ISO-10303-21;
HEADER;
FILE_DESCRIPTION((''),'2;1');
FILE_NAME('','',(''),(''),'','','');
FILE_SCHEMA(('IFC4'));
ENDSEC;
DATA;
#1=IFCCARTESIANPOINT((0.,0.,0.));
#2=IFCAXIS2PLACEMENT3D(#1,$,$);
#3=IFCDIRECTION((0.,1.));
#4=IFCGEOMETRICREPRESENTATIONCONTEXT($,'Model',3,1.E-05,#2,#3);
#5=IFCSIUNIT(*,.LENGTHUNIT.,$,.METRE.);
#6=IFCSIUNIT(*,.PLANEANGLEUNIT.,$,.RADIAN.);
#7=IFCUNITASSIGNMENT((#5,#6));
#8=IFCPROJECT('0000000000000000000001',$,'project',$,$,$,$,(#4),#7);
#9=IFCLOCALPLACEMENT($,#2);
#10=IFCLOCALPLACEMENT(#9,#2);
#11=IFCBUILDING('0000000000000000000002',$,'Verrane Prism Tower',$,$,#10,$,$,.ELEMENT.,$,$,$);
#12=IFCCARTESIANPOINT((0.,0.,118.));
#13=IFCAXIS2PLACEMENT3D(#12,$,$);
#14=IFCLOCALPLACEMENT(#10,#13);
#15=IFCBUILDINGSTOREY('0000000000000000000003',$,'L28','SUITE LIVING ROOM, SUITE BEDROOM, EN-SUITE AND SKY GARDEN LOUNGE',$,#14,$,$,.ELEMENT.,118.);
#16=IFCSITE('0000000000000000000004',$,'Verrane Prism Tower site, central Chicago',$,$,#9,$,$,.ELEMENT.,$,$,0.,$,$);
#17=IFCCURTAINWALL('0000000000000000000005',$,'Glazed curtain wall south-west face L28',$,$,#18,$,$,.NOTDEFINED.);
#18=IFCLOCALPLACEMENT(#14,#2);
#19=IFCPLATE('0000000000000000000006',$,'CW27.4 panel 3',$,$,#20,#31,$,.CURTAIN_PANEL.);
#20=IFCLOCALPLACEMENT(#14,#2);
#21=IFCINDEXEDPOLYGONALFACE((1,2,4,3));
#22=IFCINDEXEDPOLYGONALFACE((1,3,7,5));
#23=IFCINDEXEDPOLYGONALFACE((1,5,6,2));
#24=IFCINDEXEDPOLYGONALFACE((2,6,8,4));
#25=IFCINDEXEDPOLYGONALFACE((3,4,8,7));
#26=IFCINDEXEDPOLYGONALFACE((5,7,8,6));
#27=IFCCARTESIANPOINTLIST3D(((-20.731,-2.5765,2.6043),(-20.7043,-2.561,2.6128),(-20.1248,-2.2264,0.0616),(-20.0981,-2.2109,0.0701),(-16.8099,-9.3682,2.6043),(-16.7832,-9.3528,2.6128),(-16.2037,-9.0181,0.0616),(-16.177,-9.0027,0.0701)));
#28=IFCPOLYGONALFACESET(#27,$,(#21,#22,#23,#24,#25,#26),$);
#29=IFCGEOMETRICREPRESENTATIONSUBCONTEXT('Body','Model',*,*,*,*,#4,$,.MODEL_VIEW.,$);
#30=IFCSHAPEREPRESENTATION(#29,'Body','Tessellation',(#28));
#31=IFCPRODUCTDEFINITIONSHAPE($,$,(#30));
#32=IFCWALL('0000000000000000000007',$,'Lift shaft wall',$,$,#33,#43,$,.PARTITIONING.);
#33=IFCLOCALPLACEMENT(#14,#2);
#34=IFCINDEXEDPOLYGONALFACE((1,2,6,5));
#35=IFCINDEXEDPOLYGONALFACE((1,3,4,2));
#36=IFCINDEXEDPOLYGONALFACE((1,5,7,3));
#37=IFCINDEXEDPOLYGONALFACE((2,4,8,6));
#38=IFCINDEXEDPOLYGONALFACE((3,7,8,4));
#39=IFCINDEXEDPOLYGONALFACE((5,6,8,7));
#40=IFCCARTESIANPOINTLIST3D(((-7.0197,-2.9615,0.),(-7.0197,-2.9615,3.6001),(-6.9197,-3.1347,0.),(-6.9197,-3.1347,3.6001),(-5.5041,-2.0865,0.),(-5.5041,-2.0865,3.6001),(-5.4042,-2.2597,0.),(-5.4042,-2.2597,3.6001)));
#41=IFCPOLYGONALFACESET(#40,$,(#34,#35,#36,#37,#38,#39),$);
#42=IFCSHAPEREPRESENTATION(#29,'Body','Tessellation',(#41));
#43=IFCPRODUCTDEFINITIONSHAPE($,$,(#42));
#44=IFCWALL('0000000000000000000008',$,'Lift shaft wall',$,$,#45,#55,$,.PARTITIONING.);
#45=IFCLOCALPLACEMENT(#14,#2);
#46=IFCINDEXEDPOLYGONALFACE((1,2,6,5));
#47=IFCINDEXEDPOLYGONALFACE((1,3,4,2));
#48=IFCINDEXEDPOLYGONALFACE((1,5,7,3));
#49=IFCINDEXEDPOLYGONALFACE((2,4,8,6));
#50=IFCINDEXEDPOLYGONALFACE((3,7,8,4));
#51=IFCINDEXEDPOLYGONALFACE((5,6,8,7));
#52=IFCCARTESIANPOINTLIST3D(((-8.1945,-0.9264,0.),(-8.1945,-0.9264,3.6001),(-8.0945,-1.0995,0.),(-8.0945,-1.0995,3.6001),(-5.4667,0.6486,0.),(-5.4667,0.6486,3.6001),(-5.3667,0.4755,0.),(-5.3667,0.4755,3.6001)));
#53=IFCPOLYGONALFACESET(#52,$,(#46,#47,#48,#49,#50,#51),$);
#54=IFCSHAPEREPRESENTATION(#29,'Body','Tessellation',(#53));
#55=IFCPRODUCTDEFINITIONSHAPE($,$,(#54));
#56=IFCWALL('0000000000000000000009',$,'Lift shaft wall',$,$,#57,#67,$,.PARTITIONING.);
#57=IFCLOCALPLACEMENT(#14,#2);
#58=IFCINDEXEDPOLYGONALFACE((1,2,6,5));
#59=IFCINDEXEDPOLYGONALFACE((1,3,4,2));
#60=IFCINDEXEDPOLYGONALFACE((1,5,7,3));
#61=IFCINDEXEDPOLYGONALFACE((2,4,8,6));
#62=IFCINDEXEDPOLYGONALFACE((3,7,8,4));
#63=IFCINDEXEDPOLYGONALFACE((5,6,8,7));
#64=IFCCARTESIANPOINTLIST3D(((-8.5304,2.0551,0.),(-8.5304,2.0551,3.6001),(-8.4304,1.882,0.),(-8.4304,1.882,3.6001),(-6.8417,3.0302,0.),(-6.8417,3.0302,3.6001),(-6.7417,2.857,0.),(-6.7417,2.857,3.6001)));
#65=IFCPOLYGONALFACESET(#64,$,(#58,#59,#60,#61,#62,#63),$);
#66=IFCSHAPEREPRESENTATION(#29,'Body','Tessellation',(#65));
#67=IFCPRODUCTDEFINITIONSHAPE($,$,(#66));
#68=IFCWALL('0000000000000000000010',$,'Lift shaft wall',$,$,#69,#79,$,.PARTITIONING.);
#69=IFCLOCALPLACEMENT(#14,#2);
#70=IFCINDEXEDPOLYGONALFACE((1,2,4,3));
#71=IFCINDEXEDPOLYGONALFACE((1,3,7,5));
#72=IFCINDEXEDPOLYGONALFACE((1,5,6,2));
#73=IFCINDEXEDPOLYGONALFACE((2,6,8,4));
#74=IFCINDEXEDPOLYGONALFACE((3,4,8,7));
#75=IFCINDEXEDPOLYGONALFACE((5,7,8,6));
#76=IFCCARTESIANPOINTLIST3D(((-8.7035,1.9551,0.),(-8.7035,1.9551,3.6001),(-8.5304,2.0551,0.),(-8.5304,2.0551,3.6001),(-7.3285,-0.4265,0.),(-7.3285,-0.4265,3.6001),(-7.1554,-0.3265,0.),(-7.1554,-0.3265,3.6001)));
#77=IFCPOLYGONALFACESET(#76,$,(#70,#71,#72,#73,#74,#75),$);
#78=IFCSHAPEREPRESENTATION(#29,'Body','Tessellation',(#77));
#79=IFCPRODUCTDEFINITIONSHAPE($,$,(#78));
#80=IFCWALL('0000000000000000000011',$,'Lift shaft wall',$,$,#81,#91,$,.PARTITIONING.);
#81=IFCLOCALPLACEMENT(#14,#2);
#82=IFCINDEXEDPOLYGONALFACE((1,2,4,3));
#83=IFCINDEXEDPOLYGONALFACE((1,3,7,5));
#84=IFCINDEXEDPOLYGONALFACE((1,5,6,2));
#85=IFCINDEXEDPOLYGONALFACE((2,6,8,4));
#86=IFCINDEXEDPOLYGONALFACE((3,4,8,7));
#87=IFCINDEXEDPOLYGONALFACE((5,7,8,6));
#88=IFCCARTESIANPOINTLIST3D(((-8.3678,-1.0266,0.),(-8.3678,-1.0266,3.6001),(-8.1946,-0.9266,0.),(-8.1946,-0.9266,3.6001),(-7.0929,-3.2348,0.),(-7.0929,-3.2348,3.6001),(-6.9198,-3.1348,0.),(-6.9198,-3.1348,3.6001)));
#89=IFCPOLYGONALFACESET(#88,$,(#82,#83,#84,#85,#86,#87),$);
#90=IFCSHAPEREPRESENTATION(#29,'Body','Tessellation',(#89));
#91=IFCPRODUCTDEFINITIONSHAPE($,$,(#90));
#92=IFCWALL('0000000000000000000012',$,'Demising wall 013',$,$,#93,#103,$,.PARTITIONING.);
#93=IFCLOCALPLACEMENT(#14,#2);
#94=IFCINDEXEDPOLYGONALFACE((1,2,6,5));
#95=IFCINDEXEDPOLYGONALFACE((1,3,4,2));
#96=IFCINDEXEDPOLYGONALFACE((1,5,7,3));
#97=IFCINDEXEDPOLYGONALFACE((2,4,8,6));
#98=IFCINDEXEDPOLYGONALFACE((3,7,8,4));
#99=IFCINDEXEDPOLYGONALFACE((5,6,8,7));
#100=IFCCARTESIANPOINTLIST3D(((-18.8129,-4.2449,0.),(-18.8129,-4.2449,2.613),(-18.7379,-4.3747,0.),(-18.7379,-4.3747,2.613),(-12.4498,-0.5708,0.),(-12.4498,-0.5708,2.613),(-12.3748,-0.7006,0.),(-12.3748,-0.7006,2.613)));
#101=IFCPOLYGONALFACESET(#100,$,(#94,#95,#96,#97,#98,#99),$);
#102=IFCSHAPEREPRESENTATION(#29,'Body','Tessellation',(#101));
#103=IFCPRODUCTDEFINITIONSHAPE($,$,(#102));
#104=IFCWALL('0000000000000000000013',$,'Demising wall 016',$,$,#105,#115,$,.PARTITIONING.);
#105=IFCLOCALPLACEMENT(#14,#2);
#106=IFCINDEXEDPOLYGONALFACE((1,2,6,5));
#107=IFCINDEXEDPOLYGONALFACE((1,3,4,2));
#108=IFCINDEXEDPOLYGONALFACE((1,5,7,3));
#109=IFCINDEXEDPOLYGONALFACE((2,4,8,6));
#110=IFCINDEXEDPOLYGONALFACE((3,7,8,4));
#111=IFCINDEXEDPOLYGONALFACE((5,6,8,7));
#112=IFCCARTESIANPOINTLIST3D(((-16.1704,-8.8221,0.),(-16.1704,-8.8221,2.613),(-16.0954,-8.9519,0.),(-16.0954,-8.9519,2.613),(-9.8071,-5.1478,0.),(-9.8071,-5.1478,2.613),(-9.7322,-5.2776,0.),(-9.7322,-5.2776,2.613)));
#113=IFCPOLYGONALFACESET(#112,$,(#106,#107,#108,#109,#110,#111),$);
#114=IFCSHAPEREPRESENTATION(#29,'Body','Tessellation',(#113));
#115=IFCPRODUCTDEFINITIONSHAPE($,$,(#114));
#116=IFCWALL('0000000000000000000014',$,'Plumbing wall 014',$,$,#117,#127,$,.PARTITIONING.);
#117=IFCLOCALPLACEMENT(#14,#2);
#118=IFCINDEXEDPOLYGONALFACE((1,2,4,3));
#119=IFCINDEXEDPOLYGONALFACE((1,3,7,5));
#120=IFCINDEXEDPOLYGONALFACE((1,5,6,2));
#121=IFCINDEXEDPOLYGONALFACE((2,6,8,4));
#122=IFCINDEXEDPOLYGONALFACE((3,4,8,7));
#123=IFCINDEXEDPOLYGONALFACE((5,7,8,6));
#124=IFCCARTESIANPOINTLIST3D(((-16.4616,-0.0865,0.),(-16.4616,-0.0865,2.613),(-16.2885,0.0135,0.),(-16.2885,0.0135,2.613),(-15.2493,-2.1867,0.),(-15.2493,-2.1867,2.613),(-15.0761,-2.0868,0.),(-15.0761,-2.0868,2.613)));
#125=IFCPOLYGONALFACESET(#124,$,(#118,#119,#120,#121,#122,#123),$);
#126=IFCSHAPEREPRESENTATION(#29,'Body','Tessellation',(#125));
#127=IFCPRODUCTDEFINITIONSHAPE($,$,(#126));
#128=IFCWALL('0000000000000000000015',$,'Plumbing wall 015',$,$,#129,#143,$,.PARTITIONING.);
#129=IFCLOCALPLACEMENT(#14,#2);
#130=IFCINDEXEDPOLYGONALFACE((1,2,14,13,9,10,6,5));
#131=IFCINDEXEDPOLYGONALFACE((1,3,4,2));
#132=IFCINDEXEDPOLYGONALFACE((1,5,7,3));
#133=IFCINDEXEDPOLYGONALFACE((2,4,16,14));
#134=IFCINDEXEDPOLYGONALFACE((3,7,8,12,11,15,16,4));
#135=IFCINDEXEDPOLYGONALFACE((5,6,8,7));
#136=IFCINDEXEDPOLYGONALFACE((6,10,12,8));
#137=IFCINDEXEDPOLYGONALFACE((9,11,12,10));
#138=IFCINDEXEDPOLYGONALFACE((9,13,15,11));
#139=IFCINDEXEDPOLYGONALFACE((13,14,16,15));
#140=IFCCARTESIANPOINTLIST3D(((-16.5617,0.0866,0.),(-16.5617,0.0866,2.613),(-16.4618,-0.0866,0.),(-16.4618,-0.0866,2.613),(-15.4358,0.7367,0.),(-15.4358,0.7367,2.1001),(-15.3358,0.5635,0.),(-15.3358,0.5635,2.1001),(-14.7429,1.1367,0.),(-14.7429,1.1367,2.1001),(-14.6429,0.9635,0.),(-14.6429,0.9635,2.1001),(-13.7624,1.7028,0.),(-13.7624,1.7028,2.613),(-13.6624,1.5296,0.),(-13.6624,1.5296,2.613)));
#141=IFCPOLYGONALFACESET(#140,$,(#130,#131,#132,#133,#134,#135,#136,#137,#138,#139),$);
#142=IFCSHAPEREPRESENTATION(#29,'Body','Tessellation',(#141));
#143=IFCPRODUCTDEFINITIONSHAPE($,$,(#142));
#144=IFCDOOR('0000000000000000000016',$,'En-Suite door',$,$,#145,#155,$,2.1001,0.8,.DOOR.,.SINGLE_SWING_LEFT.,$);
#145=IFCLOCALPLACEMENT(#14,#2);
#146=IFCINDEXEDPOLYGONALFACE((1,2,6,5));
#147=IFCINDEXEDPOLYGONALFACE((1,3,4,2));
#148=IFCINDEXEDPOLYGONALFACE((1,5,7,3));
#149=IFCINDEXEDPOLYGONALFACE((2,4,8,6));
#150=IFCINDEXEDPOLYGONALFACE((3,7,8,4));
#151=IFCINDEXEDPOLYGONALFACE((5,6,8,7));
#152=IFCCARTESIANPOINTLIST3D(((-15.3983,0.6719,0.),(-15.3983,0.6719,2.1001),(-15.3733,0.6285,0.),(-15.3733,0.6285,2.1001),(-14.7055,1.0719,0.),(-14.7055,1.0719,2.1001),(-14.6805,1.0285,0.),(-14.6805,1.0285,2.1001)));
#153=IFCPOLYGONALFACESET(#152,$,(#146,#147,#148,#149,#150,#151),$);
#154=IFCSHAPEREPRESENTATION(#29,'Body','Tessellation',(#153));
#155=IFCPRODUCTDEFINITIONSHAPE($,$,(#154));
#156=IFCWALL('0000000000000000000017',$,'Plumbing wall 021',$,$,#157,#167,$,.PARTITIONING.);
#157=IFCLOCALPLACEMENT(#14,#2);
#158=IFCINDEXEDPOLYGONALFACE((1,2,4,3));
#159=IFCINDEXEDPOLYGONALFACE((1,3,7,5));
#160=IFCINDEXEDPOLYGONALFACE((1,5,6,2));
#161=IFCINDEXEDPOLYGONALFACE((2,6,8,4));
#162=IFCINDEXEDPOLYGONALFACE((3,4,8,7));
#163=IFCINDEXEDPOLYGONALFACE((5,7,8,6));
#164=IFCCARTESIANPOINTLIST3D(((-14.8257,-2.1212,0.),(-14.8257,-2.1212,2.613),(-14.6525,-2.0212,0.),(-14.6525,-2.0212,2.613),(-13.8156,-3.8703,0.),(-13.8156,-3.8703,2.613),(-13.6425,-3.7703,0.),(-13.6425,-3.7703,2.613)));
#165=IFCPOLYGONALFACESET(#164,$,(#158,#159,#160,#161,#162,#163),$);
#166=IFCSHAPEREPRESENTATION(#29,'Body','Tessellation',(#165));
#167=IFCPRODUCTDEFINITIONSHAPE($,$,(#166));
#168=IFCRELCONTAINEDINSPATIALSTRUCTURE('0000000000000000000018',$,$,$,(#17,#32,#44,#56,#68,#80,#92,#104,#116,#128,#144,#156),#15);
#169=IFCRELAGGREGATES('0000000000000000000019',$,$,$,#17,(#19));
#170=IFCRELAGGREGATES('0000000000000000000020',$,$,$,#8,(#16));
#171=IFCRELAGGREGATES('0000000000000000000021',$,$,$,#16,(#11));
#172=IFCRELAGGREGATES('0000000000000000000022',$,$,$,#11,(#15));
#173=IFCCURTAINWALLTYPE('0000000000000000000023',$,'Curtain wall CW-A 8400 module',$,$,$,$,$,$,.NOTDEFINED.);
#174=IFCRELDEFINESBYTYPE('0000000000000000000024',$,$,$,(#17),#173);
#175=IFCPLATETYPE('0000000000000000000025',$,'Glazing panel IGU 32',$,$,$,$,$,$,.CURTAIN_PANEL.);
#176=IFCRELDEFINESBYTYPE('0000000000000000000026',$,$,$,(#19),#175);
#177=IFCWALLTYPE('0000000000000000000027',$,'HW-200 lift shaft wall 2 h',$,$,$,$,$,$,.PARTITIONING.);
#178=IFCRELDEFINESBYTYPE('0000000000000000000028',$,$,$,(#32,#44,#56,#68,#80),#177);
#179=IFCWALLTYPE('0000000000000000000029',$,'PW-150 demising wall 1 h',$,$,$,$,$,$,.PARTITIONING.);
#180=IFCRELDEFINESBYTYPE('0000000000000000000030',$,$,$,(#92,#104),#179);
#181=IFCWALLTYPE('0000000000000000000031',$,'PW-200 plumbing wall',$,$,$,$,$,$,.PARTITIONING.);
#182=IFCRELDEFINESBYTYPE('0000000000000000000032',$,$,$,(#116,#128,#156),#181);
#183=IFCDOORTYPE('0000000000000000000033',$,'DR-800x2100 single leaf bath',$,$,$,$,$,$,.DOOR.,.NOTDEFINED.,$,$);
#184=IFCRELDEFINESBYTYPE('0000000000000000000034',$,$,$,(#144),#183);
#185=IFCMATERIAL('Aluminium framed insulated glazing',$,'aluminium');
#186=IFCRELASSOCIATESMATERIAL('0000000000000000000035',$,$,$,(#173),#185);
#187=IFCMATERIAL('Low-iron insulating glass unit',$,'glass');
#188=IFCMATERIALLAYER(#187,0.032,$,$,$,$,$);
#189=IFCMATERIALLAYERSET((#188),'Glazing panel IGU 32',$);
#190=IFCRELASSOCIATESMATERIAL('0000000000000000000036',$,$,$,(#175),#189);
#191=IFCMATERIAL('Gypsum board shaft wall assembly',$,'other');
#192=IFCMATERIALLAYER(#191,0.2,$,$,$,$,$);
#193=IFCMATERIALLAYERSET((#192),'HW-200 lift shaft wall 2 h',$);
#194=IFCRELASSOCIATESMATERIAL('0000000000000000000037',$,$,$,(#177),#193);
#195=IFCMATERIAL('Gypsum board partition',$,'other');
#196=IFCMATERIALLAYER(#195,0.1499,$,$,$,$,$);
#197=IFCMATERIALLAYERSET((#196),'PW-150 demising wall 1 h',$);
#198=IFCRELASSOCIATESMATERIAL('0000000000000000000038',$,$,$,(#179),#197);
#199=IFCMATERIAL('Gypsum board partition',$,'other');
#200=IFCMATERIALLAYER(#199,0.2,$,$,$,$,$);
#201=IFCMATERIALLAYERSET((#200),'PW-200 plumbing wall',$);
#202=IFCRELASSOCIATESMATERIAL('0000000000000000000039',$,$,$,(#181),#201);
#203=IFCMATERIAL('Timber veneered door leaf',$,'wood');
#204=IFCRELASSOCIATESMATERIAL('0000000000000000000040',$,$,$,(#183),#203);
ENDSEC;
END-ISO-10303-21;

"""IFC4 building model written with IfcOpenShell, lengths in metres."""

from ifc_helpers import new_model, si_unit, direction, frame, frame_2d, origin, place, context, subcontext, project, spatial, polyline, rectangle, outline, extrude, material, layer, layer_set, type_object, element, fill, aggregate, save


model = new_model("IFC4")

# Units and contexts
model_context = context("Model", 3, precision=1e-05, world=origin(), true_north=direction((0.0, 1.0)))
body_context = subcontext(model_context, "Body", "Model", "MODEL_VIEW")
ifc_project = project(units=[si_unit("LENGTHUNIT", "METRE"), si_unit("PLANEANGLEUNIT", "RADIAN")], contexts=[model_context])

# Site, building, storey
site_placement = place(None, origin())
site = spatial("IfcSite", under=ifc_project, at=site_placement, Name="Verrane Prism Tower site, central Chicago", CompositionType="ELEMENT", RefElevation=0.0)
building_placement = place(site_placement, origin())
building = spatial("IfcBuilding", under=site, at=building_placement, Name="Verrane Prism Tower", CompositionType="ELEMENT")
storey_placement = place(building_placement, frame((0.0, 0.0, 118.0)))
storey = spatial("IfcBuildingStorey", under=building, at=storey_placement, Name="L28", Description="SUITE LIVING ROOM, SUITE BEDROOM, EN-SUITE AND SKY GARDEN LOUNGE", CompositionType="ELEMENT", Elevation=118.0)

# Curtain wall
ifc_material_1 = material(Name="Aluminium framed insulated glazing", Category="aluminium")
curtain_wall_type = type_object("IfcCurtainWallType", Name="Curtain wall CW-A 8400 module", PredefinedType="NOTDEFINED", material=ifc_material_1)
curtain_wall_placement = place(storey_placement, origin())
curtain_wall = element("IfcCurtainWall", 1, at=curtain_wall_placement, inside=storey, type_object=curtain_wall_type, Name="Glazed curtain wall south-west face L28", PredefinedType="NOTDEFINED")

# Plate
ifc_material_2 = material(Name="Low-iron insulating glass unit", Category="glass")
ifc_layer_1 = layer(ifc_material_2, 0.032)
ifc_layer_set_1 = layer_set([ifc_layer_1], Name="Glazing panel IGU 32")
plate_type = type_object("IfcPlateType", Name="Glazing panel IGU 32", PredefinedType="CURTAIN_PANEL", material=ifc_layer_set_1)
plate_placement = place(storey_placement, frame((-20.0981, -2.2109, 0.0701), z_axis=(0.834964, 0.482058, 0.265433), x_axis=(0.499993, -0.86603, 0.0)))
plate = element("IfcPlate", 2, at=plate_placement, type_object=plate_type, Name="CW27.4 panel 3", PredefinedType="CURTAIN_PANEL", context=body_context, shape_type="SweptSolid", body=[
    extrude(outline(polyline([(0.0, 0.0), (7.8424, 0.0), (7.8425, -2.6373), (0.0001, -2.6373), (0.0, 0.0)])), origin(), (0.0, 0.0, -1.0), 0.032),
])
aggregate(curtain_wall, [plate])

# Walls
ifc_material_3 = material(Name="Gypsum board shaft wall assembly", Category="other")
ifc_layer_2 = layer(ifc_material_3, 0.2)
ifc_layer_set_2 = layer_set([ifc_layer_2], Name="HW-200 lift shaft wall 2 h")
wall_type_1 = type_object("IfcWallType", Name="HW-200 lift shaft wall 2 h", PredefinedType="PARTITIONING", material=ifc_layer_set_2)
wall_1_placement = place(storey_placement, frame((-6.9697, -3.0481, 0.0), z_axis=(0.0, 0.0, 1.0), x_axis=(0.866037, 0.49998, 0.0)))
element("IfcWall", 3, at=wall_1_placement, inside=storey, type_object=wall_type_1, Name="Lift shaft wall", PredefinedType="PARTITIONING", context=body_context, shape_type="SweptSolid", body=[
    extrude(rectangle(XDim=1.75, YDim=0.2, at=frame_2d((0.875, 0.0))), origin(), (0.0, 0.0, 1.0), 3.6001),
])
wall_2_placement = place(storey_placement, frame((-8.1445, -1.0129, 0.0), z_axis=(0.0, 0.0, 1.0), x_axis=(0.866016, 0.500015, 0.0)))
element("IfcWall", 4, at=wall_2_placement, inside=storey, type_object=wall_type_1, Name="Lift shaft wall", PredefinedType="PARTITIONING", context=body_context, shape_type="SweptSolid", body=[
    extrude(rectangle(XDim=3.1499, YDim=0.2, at=frame_2d((1.575, 0.0))), origin(), (0.0, 0.0, 1.0), 3.6001),
])
wall_3_placement = place(storey_placement, frame((-8.4805, 1.9685, 0.0), z_axis=(0.0, 0.0, 1.0), x_axis=(0.866, 0.500044, 0.0)))
element("IfcWall", 5, at=wall_3_placement, inside=storey, type_object=wall_type_1, Name="Lift shaft wall", PredefinedType="PARTITIONING", context=body_context, shape_type="SweptSolid", body=[
    extrude(rectangle(XDim=1.95, YDim=0.2, at=frame_2d((0.9751, 0.0))), origin(), (0.0, 0.0, 1.0), 3.6001),
])
wall_4_placement = place(storey_placement, frame((-7.2419, -0.3765, 0.0), z_axis=(0.0, 0.0, 1.0), x_axis=(-0.499997, 0.866027, 0.0)))
element("IfcWall", 6, at=wall_4_placement, inside=storey, type_object=wall_type_1, Name="Lift shaft wall", PredefinedType="PARTITIONING", context=body_context, shape_type="SweptSolid", body=[
    extrude(rectangle(XDim=2.75, YDim=0.2, at=frame_2d((1.375, 0.0))), origin(), (0.0, 0.0, 1.0), 3.6001),
])
wall_5_placement = place(storey_placement, frame((-7.0063, -3.1848, 0.0), z_axis=(0.0, 0.0, 1.0), x_axis=(-0.49999, 0.866031, 0.0)))
element("IfcWall", 7, at=wall_5_placement, inside=storey, type_object=wall_type_1, Name="Lift shaft wall", PredefinedType="PARTITIONING", context=body_context, shape_type="SweptSolid", body=[
    extrude(rectangle(XDim=2.5498, YDim=0.2, at=frame_2d((1.2749, 0.0))), origin(), (0.0, 0.0, 1.0), 3.6001),
])
ifc_material_4 = material(Name="Gypsum board partition", Category="other")
ifc_layer_3 = layer(ifc_material_4, 0.1499)
ifc_layer_set_3 = layer_set([ifc_layer_3], Name="PW-150 demising wall 1 h")
wall_type_2 = type_object("IfcWallType", Name="PW-150 demising wall 1 h", PredefinedType="PARTITIONING", material=ifc_layer_set_3)
wall_6_placement = place(storey_placement, frame((-18.7754, -4.3098, 0.0), z_axis=(0.0, 0.0, 1.0), x_axis=(0.866004, 0.500038, 0.0)))
element("IfcWall", 8, at=wall_6_placement, inside=storey, type_object=wall_type_2, Name="Demising wall 013", PredefinedType="PARTITIONING", context=body_context, shape_type="SweptSolid", body=[
    extrude(rectangle(XDim=7.3477, YDim=0.1499, at=frame_2d((3.6738, 0.0))), origin(), (0.0, 0.0, 1.0), 2.613),
])
wall_7_placement = place(storey_placement, frame((-16.1328, -8.887, 0.0), z_axis=(0.0, 0.0, 1.0), x_axis=(0.865997, 0.500048, 0.0)))
element("IfcWall", 9, at=wall_7_placement, inside=storey, type_object=wall_type_2, Name="Demising wall 016", PredefinedType="PARTITIONING", context=body_context, shape_type="SweptSolid", body=[
    extrude(rectangle(XDim=7.3479, YDim=0.1499, at=frame_2d((3.6738, 0.0))), origin(), (0.0, 0.0, 1.0), 2.613),
])
ifc_material_5 = material(Name="Gypsum board partition", Category="other")
ifc_layer_4 = layer(ifc_material_5, 0.2)
ifc_layer_set_4 = layer_set([ifc_layer_4], Name="PW-200 plumbing wall")
wall_type_3 = type_object("IfcWallType", Name="PW-200 plumbing wall", PredefinedType="PARTITIONING", material=ifc_layer_set_4)
wall_8_placement = place(storey_placement, frame((-16.375, -0.0366, 0.0), z_axis=(0.0, 0.0, 1.0), x_axis=(0.499929, -0.866067, 0.0)))
element("IfcWall", 10, at=wall_8_placement, inside=storey, type_object=wall_type_3, Name="Plumbing wall 014", PredefinedType="PARTITIONING", context=body_context, shape_type="SweptSolid", body=[
    extrude(rectangle(XDim=2.425, YDim=0.2, at=frame_2d((1.2124, 0.0))), origin(), (0.0, 0.0, 1.0), 2.613),
])

# Wall, opening, door
wall_9_placement = place(storey_placement, frame((-13.7124, 1.6162, 0.0), z_axis=(0.0, 0.0, 1.0), x_axis=(-0.866022, -0.500006, 0.0)))
wall_9 = element("IfcWall", 11, at=wall_9_placement, inside=storey, type_object=wall_type_3, Name="Plumbing wall 015", PredefinedType="PARTITIONING", context=body_context, shape_type="SweptSolid", body=[
    extrude(rectangle(XDim=3.2324, YDim=0.2, at=frame_2d((1.6162, 0.0))), origin(), (0.0, 0.0, 1.0), 2.613),
])
opening_1_placement = place(wall_9_placement, frame((1.1323, 0.0, 0.0)))
opening_1 = element("IfcOpeningElement", 12, at=opening_1_placement, cuts=wall_9, PredefinedType="OPENING", context=body_context, shape_type="SweptSolid", body=[
    extrude(rectangle(XDim=0.8, YDim=2.1001, at=frame_2d((0.3999, 1.05))), frame((0.0, 0.1099, 0.0), z_axis=(0.0, -1.0, 0.0), x_axis=(1.0, 0.0, 0.0)), (0.0, 0.0, 1.0), 0.22),
])
ifc_material_6 = material(Name="Timber veneered door leaf", Category="wood")
door_type = type_object("IfcDoorType", Name="DR-800x2100 single leaf bath", OperationType="NOTDEFINED", PredefinedType="DOOR", material=ifc_material_6)
door_1_placement = place(opening_1_placement, origin())
door_1 = element("IfcDoor", 13, at=door_1_placement, inside=storey, type_object=door_type, Name="En-Suite door", OperationType="SINGLE_SWING_LEFT", OverallHeight=2.1001, OverallWidth=0.8, PredefinedType="DOOR", context=body_context, shape_type="SweptSolid", body=[
    extrude(rectangle(XDim=0.8, YDim=2.1001, at=frame_2d((0.3999, 1.05))), frame((0.0, 0.0249, 0.0), z_axis=(0.0, -1.0, 0.0), x_axis=(1.0, 0.0, 0.0)), (0.0, 0.0, 1.0), 0.05),
])
fill(opening_1, door_1)

# Wall
wall_10_placement = place(storey_placement, frame((-14.739, -2.0713, 0.0), z_axis=(0.0, 0.0, 1.0), x_axis=(0.500078, -0.86598, 0.0)))
element("IfcWall", 14, at=wall_10_placement, inside=storey, type_object=wall_type_3, Name="Plumbing wall 021", PredefinedType="PARTITIONING", context=body_context, shape_type="SweptSolid", body=[
    extrude(rectangle(XDim=2.0198, YDim=0.2, at=frame_2d((1.0098, 0.0))), origin(), (0.0, 0.0, 1.0), 2.613),
])

save(model, "model.ifc")
